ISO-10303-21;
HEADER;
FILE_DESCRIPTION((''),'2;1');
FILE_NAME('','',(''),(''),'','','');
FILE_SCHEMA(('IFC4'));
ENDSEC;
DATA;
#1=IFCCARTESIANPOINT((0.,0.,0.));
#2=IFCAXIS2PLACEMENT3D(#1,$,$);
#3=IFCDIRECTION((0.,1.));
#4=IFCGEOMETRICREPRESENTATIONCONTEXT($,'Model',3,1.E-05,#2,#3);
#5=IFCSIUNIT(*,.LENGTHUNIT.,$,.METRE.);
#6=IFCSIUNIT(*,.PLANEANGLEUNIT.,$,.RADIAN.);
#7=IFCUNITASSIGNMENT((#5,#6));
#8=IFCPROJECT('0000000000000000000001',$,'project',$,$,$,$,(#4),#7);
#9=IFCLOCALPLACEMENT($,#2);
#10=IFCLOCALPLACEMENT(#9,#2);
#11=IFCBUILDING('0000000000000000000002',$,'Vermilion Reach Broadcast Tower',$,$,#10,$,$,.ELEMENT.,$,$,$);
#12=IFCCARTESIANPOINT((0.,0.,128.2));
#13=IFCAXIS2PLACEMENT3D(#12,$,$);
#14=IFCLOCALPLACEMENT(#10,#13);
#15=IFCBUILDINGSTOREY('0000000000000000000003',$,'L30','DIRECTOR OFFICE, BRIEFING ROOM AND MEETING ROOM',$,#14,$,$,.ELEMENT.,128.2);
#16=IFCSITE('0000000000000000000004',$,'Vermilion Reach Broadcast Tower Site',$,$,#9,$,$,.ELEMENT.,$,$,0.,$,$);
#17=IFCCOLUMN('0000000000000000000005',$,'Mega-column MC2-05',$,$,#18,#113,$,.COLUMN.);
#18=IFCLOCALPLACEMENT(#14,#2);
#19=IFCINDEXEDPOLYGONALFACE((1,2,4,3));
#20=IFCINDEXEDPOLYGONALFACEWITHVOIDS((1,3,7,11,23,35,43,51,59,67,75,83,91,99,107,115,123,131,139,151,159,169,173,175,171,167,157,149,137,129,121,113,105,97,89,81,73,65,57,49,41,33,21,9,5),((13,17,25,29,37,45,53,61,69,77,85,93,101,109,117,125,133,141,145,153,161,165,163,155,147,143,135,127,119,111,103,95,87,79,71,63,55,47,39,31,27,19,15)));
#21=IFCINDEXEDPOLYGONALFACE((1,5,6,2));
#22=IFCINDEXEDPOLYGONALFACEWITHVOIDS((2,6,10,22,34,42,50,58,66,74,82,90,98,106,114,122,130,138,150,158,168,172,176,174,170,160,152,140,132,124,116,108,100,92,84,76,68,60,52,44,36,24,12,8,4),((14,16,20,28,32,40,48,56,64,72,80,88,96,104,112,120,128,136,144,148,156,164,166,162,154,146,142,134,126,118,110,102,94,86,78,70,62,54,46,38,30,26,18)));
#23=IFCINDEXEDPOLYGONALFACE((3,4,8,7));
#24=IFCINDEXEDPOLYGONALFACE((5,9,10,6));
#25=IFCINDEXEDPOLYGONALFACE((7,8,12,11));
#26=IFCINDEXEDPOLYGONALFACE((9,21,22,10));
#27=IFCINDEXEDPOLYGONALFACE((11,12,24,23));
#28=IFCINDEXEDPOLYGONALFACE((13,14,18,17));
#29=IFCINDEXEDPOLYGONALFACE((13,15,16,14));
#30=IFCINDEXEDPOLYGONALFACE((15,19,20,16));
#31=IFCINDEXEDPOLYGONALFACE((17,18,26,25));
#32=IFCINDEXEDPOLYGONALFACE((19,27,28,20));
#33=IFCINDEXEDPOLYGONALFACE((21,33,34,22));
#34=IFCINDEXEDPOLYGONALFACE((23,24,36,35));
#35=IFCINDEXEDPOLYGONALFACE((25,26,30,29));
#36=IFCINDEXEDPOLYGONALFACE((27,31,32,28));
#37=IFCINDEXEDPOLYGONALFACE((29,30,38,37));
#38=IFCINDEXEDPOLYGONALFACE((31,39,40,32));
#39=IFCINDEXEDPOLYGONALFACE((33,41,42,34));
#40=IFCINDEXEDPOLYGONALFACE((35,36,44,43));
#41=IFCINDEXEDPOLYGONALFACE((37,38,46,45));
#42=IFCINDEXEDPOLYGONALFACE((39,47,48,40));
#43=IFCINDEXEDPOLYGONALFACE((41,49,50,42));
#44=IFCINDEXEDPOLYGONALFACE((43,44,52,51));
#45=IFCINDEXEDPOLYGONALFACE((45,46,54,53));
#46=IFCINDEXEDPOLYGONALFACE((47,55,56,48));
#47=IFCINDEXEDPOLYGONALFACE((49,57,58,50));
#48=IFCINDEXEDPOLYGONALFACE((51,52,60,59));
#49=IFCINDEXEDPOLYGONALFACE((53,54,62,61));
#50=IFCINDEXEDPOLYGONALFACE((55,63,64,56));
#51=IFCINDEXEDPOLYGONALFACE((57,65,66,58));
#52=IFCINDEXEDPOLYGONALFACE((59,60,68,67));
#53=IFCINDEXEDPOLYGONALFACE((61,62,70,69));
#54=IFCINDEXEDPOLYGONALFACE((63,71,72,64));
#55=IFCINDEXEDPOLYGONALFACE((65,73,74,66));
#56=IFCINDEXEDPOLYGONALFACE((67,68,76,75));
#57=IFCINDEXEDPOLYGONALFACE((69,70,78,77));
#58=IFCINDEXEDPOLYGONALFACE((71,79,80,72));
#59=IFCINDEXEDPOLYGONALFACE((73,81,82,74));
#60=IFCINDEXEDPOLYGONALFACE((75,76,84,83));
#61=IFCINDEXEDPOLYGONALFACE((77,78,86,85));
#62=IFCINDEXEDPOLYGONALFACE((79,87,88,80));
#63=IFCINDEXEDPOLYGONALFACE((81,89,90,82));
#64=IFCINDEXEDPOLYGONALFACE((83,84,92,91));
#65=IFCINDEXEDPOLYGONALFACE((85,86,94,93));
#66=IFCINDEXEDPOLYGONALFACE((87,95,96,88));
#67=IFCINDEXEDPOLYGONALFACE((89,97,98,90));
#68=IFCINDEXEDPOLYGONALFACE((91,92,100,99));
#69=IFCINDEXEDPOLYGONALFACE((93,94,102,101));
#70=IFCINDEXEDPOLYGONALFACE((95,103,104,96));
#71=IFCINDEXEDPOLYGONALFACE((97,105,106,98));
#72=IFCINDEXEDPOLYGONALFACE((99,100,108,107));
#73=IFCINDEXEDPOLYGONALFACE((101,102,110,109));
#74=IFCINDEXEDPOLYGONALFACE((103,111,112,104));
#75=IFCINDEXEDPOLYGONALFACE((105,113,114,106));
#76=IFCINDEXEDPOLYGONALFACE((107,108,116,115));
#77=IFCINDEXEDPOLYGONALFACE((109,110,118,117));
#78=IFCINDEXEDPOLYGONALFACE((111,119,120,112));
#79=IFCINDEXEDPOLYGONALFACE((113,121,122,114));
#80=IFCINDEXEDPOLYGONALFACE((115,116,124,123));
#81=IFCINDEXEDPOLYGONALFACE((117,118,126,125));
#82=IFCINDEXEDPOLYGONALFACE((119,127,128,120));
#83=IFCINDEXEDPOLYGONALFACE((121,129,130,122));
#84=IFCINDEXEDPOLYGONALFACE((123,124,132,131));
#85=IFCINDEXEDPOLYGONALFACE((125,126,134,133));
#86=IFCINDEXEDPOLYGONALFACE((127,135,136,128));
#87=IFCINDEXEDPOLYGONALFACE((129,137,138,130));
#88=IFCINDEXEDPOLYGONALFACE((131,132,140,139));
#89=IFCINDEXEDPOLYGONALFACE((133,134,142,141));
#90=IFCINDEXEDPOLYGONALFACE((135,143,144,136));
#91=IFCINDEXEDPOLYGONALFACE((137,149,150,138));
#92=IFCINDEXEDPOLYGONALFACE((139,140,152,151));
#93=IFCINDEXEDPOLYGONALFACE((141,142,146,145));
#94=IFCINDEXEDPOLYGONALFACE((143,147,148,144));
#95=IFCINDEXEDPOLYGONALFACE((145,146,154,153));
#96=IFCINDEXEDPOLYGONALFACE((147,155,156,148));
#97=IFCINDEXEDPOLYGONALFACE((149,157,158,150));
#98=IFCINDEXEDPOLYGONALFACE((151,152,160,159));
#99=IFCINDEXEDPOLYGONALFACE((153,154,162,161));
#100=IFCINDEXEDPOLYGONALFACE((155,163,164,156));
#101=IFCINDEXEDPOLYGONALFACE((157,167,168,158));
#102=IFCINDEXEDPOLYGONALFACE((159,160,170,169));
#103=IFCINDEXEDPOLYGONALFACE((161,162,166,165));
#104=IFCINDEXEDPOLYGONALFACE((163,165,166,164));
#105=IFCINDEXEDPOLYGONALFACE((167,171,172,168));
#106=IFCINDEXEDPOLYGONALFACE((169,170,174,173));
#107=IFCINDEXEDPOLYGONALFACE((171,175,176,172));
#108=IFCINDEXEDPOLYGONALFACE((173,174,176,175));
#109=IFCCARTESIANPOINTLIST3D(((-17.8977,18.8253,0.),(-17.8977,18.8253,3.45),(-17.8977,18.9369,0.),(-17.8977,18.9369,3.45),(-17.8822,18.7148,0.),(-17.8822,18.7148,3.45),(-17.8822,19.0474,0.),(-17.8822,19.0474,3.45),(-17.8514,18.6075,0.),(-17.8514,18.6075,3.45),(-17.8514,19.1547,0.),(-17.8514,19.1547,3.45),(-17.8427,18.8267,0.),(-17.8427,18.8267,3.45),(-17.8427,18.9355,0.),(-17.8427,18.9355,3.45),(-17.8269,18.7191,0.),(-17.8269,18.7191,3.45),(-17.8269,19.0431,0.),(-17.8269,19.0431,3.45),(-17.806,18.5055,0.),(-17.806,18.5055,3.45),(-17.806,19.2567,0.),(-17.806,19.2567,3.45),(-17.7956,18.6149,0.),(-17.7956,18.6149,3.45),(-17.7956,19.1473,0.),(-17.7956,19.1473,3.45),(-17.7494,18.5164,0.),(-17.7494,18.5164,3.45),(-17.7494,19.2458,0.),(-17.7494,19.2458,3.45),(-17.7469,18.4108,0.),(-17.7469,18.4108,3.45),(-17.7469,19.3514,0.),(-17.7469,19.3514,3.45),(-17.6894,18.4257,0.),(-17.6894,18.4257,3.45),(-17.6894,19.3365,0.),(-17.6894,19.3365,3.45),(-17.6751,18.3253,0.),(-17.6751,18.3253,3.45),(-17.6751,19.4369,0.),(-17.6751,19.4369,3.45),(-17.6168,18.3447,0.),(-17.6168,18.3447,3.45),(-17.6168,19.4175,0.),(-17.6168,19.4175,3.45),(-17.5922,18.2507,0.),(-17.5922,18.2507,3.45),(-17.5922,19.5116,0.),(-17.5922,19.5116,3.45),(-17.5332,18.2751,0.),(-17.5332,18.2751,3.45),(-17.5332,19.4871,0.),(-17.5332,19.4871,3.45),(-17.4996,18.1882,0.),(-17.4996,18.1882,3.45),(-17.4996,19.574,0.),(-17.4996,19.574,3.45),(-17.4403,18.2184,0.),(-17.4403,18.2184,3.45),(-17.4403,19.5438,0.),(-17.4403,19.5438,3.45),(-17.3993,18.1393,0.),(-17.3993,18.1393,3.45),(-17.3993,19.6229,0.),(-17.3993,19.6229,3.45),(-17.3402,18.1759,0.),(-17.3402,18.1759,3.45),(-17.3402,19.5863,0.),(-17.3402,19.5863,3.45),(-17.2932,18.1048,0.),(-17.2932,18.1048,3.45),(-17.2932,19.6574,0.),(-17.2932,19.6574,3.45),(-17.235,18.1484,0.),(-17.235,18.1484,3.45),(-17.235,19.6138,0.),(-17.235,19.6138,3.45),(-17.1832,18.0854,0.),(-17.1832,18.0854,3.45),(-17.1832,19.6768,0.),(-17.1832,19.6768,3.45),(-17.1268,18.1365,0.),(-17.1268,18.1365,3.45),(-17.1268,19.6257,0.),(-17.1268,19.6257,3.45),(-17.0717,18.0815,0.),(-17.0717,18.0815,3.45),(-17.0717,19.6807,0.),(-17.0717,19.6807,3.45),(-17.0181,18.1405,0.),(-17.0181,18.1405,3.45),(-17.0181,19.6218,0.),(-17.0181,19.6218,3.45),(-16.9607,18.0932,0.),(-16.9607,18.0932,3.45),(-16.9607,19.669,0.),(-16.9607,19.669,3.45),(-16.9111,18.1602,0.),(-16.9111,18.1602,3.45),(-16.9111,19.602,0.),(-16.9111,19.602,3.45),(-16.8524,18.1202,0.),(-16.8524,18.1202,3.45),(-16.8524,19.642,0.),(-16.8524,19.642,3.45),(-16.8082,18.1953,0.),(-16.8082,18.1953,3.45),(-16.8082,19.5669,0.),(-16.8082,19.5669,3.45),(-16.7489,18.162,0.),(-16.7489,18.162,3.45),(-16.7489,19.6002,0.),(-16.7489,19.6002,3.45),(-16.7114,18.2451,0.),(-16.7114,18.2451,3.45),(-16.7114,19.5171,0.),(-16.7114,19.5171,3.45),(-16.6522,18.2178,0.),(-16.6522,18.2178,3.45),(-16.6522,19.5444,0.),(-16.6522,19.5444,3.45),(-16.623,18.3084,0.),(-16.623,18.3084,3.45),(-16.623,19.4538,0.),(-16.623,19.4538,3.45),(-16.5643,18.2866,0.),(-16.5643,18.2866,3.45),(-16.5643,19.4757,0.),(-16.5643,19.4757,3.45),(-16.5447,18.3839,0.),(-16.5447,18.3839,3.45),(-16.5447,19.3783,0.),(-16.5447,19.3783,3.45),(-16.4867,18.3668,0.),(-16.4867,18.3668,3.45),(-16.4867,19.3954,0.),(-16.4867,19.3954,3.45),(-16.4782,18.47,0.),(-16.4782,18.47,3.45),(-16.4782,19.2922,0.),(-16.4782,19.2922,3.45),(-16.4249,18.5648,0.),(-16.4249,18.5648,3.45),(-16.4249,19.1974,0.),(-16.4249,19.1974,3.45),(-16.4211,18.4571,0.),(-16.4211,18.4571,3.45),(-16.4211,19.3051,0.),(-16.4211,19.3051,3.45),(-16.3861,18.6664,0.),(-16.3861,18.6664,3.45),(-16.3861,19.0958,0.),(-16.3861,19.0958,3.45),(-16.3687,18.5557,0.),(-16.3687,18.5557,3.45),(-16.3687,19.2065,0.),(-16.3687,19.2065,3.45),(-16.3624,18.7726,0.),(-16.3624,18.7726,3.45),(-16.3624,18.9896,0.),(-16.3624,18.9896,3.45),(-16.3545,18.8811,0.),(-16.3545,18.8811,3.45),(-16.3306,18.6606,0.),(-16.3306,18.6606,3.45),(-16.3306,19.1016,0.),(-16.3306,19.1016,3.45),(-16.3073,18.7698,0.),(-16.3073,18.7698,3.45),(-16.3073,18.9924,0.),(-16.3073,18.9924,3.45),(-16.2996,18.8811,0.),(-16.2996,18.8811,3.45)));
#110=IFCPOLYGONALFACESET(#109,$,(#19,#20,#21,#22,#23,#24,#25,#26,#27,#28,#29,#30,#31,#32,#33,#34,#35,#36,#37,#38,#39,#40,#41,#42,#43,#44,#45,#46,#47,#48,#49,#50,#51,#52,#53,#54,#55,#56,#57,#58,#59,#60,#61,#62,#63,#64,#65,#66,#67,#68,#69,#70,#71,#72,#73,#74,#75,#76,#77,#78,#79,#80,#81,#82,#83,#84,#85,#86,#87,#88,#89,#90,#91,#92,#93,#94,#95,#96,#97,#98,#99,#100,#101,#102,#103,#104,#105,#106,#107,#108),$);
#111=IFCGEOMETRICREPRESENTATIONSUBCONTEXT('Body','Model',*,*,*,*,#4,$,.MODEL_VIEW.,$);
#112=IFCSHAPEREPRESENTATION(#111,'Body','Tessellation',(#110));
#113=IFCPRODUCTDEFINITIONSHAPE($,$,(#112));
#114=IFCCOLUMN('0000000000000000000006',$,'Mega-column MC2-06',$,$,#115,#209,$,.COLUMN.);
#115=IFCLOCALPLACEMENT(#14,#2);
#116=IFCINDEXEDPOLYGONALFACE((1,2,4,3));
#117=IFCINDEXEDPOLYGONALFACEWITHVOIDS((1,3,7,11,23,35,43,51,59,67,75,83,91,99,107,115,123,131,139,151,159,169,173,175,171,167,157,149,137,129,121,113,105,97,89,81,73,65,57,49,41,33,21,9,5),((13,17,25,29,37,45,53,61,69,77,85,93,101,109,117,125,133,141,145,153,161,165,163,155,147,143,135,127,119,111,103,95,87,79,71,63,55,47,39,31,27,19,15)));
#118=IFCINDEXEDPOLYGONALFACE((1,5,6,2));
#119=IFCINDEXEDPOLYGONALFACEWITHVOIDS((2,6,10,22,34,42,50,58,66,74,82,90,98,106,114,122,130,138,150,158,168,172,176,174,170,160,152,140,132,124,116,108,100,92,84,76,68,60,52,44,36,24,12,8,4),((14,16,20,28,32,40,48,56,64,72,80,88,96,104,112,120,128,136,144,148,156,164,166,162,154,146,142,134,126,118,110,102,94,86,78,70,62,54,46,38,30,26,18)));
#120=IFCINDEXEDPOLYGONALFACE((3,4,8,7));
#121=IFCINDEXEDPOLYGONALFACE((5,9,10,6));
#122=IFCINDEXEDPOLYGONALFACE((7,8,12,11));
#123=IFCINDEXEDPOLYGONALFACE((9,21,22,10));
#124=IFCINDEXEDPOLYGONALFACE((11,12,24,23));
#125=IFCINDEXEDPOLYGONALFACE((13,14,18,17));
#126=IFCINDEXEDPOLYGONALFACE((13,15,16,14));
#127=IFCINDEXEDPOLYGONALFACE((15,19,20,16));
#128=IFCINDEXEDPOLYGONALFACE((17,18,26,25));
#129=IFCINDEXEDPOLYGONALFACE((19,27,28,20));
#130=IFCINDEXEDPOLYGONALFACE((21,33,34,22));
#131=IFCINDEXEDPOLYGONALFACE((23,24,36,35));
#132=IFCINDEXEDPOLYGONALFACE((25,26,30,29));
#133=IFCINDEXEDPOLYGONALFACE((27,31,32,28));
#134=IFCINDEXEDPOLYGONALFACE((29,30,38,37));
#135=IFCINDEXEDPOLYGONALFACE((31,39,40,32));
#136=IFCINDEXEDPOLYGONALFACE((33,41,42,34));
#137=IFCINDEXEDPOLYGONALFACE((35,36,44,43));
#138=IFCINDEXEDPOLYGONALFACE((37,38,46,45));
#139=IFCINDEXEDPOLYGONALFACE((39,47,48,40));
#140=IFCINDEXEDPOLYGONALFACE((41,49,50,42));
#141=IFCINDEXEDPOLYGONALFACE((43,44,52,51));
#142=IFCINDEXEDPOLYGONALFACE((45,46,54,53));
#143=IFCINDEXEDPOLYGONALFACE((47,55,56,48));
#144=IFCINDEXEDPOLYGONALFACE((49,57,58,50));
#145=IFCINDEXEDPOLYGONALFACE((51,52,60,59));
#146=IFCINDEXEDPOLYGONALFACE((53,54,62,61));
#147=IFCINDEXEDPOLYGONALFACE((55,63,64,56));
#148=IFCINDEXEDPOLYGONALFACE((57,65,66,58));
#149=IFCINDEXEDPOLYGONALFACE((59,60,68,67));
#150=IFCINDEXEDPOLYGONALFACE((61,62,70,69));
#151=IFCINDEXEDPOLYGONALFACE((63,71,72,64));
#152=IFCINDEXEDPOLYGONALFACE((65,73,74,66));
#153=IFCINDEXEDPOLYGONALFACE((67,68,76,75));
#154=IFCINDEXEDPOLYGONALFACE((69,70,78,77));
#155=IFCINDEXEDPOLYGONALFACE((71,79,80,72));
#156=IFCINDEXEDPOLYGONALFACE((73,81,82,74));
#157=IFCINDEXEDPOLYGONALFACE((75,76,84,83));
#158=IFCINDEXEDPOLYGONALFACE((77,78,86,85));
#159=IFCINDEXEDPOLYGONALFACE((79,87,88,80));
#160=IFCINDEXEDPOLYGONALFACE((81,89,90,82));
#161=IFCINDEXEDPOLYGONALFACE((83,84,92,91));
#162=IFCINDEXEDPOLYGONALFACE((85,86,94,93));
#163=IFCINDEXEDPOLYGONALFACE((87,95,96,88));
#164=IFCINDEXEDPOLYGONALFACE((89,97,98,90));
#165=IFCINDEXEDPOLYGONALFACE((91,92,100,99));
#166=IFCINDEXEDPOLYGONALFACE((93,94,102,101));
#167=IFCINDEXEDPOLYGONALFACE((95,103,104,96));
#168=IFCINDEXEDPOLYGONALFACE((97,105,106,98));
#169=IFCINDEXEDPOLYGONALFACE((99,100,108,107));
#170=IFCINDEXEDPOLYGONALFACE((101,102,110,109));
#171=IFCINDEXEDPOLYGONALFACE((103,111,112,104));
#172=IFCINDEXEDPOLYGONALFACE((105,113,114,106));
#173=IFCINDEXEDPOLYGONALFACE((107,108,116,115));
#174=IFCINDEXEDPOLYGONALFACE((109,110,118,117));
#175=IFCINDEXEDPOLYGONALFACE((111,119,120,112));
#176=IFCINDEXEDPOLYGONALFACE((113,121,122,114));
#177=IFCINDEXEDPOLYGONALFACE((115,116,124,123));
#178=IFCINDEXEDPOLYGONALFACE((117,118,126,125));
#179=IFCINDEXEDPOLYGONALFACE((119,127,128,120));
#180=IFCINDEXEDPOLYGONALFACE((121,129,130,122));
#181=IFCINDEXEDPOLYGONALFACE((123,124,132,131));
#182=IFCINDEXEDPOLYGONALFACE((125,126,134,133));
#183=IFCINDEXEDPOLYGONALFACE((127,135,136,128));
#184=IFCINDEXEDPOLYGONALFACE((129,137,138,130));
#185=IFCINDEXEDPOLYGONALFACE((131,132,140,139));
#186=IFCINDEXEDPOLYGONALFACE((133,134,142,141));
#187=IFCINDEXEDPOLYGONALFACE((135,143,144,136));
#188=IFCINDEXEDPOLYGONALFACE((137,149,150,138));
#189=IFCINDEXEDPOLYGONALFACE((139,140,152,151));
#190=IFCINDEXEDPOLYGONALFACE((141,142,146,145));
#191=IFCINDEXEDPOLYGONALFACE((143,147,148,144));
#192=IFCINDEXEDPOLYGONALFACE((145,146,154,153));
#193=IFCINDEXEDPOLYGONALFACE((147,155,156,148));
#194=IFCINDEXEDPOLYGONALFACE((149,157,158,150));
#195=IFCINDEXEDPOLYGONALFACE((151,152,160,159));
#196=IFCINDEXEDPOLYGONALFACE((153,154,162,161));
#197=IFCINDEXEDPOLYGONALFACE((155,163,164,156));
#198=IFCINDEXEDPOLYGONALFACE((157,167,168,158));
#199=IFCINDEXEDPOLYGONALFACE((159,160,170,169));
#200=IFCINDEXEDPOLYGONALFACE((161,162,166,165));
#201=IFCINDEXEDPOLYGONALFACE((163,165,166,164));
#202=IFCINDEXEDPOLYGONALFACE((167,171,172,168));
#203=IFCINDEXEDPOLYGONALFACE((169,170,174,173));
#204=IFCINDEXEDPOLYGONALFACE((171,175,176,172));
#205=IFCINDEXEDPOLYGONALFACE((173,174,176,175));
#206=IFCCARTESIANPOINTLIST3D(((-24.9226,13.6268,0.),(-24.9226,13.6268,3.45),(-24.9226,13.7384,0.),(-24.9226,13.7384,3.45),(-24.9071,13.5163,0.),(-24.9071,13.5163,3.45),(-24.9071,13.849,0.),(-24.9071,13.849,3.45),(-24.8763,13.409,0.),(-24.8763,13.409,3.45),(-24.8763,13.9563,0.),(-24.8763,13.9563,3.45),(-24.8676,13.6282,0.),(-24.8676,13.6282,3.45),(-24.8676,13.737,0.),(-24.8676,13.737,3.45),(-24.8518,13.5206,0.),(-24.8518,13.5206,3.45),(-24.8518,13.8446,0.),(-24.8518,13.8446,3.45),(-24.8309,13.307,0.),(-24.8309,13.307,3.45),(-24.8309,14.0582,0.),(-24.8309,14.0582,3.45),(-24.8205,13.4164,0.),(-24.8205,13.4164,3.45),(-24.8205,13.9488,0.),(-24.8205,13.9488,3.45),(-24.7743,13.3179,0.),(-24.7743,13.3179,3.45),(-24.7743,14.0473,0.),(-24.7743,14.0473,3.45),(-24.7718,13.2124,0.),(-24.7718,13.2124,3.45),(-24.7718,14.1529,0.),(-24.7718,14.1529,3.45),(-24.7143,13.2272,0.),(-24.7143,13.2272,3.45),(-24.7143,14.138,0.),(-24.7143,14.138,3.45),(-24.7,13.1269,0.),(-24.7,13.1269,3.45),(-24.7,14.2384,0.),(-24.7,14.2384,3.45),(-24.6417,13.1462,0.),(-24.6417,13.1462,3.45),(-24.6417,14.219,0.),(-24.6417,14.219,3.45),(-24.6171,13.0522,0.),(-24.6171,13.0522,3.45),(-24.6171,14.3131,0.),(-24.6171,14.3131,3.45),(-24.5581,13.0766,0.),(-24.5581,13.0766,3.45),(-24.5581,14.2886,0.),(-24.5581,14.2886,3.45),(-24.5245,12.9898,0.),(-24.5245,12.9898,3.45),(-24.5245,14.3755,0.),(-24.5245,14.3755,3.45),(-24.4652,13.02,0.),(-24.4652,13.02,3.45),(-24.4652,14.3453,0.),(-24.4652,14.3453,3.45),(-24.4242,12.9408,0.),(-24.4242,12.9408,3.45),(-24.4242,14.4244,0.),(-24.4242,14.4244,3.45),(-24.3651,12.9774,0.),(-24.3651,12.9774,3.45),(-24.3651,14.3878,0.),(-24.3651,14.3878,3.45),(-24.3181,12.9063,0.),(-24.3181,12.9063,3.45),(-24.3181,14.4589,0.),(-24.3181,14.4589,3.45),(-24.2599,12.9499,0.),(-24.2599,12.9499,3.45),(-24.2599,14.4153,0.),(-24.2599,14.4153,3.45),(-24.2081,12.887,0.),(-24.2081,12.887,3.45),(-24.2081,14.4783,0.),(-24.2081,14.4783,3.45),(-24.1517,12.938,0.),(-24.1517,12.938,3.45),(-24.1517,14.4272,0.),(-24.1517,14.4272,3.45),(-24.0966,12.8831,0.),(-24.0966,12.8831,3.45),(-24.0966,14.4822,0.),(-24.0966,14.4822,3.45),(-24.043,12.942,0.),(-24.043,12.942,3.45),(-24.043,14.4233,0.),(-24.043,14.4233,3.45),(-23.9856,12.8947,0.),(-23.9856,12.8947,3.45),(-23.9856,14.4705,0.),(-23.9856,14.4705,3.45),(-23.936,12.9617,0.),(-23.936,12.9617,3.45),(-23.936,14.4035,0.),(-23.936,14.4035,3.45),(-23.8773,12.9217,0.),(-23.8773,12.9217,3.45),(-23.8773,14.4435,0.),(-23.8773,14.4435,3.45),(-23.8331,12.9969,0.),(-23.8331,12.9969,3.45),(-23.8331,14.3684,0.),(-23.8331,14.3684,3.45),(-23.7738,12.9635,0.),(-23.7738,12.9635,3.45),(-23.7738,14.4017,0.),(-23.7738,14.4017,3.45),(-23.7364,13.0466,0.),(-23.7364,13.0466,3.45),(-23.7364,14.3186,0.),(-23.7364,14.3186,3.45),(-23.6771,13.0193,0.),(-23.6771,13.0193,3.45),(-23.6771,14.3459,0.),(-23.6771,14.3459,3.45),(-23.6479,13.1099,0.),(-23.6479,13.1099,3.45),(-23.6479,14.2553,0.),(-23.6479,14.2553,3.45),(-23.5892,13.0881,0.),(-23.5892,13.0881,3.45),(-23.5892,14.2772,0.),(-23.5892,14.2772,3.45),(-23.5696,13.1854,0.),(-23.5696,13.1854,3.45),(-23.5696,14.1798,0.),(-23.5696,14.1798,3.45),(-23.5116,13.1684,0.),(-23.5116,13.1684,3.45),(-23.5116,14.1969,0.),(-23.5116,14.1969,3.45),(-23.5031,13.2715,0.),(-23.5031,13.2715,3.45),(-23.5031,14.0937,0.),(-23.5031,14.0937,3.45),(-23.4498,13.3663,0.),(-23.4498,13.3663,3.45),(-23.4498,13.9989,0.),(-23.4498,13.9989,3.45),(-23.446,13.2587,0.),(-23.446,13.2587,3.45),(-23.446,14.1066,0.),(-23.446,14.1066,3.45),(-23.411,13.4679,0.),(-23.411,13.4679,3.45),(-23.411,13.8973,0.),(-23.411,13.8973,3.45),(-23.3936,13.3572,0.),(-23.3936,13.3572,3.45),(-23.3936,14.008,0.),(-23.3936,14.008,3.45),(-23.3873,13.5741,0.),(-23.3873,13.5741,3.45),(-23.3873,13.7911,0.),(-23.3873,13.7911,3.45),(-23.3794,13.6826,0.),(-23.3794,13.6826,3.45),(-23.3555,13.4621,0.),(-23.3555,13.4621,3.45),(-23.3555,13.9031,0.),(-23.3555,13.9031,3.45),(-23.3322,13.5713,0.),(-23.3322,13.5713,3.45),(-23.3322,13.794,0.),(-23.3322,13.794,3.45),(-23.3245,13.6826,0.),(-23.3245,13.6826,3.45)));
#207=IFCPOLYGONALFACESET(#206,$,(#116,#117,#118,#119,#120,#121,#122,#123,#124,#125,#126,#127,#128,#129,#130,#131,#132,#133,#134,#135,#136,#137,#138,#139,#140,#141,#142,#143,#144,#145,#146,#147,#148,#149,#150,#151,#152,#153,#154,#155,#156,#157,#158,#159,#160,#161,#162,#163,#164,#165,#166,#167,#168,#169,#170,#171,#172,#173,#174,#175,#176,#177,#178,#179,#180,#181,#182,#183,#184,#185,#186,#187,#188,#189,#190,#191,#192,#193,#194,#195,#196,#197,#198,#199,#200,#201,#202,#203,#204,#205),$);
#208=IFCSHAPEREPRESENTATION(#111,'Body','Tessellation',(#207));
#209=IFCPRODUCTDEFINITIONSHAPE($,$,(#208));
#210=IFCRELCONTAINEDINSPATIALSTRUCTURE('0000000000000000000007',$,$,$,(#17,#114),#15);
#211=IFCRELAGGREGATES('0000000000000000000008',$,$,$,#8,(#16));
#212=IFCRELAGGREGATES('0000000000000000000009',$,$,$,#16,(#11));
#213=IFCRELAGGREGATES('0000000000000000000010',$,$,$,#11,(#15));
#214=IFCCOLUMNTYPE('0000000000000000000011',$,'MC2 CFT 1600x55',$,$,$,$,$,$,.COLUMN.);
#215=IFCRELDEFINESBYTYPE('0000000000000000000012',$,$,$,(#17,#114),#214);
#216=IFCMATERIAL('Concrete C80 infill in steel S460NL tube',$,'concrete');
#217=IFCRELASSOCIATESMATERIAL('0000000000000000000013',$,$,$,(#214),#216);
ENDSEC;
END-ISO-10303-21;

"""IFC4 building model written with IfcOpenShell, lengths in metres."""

from ifc_helpers import new_model, si_unit, direction, frame, origin, origin_2d, place, context, subcontext, project, spatial, hollow_circle, extrude, material, material_profile, profile_set, type_object, element, save


model = new_model("IFC4")

# Units and contexts
model_context = context("Model", 3, precision=1e-05, world=origin(), true_north=direction((0.0, 1.0)))
body_context = subcontext(model_context, "Body", "Model", "MODEL_VIEW")
ifc_project = project(units=[si_unit("LENGTHUNIT", "METRE"), si_unit("PLANEANGLEUNIT", "RADIAN")], contexts=[model_context])

# Site, building, storey
site_placement = place(None, origin())
site = spatial("IfcSite", under=ifc_project, at=site_placement, Name="Vermilion Reach Broadcast Tower Site", CompositionType="ELEMENT", RefElevation=0.0)
building_placement = place(site_placement, origin())
building = spatial("IfcBuilding", under=site, at=building_placement, Name="Vermilion Reach Broadcast Tower", CompositionType="ELEMENT")
storey_placement = place(building_placement, frame((0.0, 0.0, 128.2)))
storey = spatial("IfcBuildingStorey", under=building, at=storey_placement, Name="L30", Description="DIRECTOR OFFICE, BRIEFING ROOM AND MEETING ROOM", CompositionType="ELEMENT", Elevation=128.2)

# Columns
ifc_material_1 = material(Name="Concrete C80 infill in steel S460NL tube", Category="concrete")
ifc_material_profile_1 = material_profile(ifc_material_1, hollow_circle(Radius=0.8, WallThickness=0.0549, at=origin_2d()), Name="Concrete C80 infill in steel S460NL tube CFT 1600x55")
ifc_profile_set_1 = profile_set([ifc_material_profile_1], Name="Concrete C80 infill in steel S460NL tube")
column_type = type_object("IfcColumnType", Name="MC2 CFT 1600x55", PredefinedType="COLUMN", material=ifc_profile_set_1)
for number, where, z_axis, x_axis, name in (
    (1, (-17.0996, 18.8811, 0.0), (0.0, 0.0, 1.0), (1.0, 0.0, 0.0), "Mega-column MC2-05"),
    (2, (-24.1245, 13.6826, 0.0), (0.0, 0.0, 1.0), (1.0, 0.0, 0.0), "Mega-column MC2-06"),
):
    element("IfcColumn", number, at=place(storey_placement, frame(where, z_axis=z_axis, x_axis=x_axis)), inside=storey, type_object=column_type, Name=name, PredefinedType="COLUMN", context=body_context, shape_type="SweptSolid", body=[
        extrude(hollow_circle(Radius=0.8, WallThickness=0.0549, at=origin_2d()), origin(), (0.0, 0.0, 1.0), 3.45),
    ])

save(model, "model.ifc")
